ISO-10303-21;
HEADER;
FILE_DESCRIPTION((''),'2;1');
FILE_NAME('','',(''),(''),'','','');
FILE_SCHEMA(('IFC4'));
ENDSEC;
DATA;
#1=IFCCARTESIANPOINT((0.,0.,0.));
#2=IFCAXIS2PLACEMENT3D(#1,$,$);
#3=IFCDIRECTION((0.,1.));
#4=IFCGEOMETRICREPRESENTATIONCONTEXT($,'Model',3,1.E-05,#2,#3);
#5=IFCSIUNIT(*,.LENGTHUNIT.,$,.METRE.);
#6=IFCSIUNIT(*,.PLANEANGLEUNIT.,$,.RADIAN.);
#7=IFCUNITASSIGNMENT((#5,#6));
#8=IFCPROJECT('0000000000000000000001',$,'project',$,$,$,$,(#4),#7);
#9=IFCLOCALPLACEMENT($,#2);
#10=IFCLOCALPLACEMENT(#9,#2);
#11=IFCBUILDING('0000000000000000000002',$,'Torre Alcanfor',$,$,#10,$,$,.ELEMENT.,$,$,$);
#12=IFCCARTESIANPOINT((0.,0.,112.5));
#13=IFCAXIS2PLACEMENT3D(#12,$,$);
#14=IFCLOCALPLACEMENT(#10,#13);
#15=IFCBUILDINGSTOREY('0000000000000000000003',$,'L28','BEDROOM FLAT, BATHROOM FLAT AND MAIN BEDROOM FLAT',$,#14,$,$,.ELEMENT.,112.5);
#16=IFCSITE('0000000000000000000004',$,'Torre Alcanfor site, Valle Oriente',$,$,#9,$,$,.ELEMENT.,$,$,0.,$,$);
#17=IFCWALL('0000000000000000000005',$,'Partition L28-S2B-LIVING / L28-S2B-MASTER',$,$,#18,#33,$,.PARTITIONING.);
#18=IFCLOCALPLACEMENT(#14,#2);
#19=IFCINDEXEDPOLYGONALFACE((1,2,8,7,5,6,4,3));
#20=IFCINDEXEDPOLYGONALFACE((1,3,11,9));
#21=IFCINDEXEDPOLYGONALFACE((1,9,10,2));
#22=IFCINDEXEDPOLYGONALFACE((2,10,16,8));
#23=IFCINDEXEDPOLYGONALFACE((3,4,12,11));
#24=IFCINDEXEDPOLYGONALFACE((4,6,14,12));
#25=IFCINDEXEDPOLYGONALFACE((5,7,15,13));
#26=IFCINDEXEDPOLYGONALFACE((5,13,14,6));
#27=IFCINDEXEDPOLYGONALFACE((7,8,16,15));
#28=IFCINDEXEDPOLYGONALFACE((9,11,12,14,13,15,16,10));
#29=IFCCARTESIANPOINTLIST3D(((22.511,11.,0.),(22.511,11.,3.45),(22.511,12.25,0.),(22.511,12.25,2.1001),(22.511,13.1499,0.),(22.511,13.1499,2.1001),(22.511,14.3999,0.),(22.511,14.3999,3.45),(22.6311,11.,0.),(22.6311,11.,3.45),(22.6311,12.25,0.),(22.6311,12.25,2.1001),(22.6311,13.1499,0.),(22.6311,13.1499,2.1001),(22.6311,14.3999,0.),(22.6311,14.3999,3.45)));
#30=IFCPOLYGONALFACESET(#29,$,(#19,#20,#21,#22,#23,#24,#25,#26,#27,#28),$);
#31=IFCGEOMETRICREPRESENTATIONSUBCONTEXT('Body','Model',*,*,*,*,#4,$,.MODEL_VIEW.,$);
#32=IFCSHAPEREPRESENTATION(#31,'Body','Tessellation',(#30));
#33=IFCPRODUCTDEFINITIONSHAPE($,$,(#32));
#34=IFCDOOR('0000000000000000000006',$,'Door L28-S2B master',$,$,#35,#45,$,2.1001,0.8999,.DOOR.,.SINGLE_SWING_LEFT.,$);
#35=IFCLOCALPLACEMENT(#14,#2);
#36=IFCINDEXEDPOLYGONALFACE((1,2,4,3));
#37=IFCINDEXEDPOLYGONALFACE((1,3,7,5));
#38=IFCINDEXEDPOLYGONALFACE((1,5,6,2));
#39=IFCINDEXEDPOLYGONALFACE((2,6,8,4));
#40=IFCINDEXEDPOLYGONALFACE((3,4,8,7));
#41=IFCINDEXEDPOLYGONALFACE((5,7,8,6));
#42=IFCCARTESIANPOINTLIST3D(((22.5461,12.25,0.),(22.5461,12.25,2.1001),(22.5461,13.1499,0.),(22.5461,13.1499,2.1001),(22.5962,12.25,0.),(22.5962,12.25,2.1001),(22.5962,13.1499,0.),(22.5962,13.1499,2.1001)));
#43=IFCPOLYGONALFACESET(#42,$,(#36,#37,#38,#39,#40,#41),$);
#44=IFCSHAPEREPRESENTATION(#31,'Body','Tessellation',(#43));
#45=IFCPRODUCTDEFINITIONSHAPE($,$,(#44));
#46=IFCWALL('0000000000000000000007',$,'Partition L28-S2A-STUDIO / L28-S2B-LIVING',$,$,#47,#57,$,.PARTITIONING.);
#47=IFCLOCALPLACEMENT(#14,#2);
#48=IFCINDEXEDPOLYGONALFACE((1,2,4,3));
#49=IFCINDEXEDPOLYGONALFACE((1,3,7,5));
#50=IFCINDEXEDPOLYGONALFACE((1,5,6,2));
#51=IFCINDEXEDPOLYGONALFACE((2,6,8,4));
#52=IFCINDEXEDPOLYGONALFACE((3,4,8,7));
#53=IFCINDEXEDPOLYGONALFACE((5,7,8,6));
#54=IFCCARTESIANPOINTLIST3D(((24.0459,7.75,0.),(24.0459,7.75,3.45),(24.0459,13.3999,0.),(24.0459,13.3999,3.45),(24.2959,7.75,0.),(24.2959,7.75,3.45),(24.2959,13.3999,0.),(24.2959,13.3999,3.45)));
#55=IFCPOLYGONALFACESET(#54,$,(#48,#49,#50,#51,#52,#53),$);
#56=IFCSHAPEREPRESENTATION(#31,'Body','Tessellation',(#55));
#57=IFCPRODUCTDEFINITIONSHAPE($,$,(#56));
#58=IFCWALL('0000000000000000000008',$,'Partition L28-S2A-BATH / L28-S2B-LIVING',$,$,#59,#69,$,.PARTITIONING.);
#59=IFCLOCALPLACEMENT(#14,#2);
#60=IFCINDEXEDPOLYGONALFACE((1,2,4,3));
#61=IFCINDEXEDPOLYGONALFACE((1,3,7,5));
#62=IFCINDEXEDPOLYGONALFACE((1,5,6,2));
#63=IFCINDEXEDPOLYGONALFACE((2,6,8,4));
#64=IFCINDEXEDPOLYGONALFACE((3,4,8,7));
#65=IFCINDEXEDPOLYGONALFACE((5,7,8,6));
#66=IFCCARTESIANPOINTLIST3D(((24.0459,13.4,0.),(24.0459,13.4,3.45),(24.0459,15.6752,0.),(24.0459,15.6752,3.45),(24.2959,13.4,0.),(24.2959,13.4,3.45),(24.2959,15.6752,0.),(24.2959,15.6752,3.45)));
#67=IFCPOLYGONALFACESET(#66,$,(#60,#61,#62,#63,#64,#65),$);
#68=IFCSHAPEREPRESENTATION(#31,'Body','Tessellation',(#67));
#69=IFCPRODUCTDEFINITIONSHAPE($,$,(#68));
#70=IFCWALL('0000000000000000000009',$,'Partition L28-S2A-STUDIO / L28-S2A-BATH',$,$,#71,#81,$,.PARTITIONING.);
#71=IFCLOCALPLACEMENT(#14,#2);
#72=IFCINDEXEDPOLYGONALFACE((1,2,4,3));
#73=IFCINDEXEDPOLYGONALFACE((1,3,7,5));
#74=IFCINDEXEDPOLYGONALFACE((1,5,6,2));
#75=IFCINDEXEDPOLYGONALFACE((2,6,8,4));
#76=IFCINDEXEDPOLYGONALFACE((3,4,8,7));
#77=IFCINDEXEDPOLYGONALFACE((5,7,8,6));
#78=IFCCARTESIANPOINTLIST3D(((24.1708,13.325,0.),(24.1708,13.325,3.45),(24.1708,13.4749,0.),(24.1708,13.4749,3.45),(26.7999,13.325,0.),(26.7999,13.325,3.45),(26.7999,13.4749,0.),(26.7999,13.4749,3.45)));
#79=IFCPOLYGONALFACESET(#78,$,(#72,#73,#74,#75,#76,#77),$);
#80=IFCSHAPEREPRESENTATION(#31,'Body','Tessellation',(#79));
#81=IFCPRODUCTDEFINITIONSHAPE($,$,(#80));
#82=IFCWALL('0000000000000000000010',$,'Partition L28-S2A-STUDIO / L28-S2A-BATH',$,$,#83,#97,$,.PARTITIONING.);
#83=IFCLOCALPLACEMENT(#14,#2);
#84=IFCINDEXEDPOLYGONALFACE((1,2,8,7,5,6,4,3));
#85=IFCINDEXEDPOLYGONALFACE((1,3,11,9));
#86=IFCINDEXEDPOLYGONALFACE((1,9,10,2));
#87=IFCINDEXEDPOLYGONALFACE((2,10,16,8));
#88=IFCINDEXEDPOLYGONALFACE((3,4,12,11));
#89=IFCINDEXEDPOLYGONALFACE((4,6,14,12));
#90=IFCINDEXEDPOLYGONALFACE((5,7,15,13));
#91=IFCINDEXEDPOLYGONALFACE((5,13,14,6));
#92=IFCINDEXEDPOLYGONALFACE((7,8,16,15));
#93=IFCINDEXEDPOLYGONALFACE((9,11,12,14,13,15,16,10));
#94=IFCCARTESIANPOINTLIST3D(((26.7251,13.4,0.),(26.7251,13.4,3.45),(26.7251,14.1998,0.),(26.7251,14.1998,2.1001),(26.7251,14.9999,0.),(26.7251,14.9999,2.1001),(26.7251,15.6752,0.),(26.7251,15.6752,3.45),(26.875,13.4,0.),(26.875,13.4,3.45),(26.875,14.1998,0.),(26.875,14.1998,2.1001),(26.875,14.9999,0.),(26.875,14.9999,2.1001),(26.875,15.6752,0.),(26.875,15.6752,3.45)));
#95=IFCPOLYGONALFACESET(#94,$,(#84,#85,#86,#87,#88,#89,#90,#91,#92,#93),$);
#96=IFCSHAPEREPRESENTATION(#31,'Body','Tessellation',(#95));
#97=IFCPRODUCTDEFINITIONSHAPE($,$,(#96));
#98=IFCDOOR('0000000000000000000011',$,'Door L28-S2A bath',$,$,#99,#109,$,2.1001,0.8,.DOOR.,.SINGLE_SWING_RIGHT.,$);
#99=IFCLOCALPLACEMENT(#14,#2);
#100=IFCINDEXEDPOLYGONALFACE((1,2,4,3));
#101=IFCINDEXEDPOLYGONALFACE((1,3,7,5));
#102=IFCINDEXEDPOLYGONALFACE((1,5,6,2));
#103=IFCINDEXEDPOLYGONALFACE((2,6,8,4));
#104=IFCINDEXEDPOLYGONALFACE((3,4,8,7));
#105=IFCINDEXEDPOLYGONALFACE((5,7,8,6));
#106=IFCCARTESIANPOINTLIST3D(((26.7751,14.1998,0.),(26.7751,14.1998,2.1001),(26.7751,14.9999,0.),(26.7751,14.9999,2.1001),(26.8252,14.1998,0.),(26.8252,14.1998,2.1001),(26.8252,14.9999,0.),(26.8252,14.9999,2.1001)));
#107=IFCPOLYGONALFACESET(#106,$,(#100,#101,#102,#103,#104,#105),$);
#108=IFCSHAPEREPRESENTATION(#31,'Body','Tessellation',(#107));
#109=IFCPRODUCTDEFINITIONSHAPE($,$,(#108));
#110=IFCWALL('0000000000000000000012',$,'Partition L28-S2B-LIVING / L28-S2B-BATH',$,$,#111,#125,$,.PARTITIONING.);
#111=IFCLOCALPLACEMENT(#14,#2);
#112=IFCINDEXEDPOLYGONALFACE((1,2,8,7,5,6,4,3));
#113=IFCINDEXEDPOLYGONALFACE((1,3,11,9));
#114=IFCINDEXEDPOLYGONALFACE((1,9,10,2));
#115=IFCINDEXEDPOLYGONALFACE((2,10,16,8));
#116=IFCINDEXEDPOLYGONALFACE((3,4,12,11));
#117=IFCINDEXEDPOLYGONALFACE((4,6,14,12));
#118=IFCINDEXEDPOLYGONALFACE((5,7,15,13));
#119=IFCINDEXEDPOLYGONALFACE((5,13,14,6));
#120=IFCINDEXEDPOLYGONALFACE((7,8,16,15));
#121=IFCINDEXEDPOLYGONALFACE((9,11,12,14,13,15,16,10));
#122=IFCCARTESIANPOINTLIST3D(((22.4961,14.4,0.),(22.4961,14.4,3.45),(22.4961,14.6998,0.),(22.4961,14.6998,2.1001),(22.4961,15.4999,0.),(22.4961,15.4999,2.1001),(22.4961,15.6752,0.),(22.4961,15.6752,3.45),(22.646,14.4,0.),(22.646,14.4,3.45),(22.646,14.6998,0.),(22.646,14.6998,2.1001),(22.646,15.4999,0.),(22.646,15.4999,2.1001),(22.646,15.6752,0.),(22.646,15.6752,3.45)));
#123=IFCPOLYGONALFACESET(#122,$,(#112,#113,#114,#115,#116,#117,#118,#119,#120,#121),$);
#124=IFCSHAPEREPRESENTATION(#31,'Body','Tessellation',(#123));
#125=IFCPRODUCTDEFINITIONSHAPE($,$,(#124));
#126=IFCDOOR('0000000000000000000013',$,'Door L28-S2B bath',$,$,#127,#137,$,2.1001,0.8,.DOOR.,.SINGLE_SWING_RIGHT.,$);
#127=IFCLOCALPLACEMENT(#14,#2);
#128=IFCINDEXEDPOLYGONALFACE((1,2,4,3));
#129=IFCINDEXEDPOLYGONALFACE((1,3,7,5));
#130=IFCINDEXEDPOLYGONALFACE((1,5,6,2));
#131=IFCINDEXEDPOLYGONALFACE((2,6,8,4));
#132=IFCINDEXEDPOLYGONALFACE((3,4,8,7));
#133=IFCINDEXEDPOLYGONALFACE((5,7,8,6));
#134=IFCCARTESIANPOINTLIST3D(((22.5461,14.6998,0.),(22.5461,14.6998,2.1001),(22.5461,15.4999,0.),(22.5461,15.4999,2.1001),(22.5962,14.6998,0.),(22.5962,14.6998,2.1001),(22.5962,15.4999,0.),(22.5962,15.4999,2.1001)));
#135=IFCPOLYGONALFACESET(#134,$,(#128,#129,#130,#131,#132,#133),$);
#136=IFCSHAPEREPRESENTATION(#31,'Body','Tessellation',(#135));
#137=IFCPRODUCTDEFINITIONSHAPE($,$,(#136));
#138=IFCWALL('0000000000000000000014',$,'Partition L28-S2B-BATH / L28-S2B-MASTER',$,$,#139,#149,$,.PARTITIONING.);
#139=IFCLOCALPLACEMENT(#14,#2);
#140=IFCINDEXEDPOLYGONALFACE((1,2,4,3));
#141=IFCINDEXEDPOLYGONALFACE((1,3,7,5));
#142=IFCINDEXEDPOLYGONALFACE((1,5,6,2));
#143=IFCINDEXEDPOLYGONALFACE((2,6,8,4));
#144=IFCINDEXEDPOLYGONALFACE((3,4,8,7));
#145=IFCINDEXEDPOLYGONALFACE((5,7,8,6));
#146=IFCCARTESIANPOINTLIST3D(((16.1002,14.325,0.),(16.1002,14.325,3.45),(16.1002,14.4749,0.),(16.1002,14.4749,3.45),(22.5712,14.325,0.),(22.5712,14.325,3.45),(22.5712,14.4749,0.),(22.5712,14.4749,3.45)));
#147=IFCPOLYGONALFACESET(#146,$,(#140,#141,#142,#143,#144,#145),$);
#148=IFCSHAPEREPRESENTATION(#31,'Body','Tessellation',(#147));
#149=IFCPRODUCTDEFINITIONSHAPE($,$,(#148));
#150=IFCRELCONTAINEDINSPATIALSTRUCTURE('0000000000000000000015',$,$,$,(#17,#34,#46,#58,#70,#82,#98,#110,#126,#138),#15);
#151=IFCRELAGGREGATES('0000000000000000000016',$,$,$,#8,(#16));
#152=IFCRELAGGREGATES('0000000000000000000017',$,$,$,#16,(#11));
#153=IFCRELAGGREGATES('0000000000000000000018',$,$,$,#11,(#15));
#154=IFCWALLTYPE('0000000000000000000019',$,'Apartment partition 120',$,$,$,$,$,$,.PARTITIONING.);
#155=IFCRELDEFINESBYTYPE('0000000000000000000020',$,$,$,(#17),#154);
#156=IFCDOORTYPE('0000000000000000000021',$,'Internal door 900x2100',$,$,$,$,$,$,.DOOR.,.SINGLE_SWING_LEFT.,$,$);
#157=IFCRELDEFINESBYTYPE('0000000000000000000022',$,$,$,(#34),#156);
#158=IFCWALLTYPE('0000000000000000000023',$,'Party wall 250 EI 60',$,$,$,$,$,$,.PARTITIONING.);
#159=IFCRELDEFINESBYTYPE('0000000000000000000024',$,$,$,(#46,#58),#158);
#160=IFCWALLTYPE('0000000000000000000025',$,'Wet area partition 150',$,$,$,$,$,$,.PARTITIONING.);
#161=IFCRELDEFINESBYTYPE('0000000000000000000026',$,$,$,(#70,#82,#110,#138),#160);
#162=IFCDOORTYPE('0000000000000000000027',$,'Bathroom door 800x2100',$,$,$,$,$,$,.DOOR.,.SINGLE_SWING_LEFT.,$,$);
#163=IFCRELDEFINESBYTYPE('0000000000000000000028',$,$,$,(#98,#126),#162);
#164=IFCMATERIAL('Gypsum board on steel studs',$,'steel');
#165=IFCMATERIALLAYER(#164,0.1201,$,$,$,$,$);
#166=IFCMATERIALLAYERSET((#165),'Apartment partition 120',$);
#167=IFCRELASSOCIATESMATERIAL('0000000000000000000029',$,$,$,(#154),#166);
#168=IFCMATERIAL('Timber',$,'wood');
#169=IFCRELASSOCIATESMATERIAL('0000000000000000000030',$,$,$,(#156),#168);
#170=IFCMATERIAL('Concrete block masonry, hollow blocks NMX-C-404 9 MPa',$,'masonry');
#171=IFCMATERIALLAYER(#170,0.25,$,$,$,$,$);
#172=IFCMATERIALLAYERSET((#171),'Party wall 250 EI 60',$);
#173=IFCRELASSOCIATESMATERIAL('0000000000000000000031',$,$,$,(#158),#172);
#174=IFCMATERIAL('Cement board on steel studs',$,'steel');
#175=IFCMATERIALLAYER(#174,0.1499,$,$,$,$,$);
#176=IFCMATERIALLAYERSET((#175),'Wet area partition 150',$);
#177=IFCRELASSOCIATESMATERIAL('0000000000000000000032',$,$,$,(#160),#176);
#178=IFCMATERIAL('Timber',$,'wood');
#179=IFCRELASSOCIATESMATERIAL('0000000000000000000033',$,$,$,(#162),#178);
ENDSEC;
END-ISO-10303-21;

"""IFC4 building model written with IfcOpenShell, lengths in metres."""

from ifc_helpers import new_model, si_unit, direction, frame, frame_2d, origin, place, context, subcontext, project, spatial, rectangle, extrude, material, layer, layer_set, type_object, element, fill, save


model = new_model("IFC4")

# Units and contexts
model_context = context("Model", 3, precision=1e-05, world=origin(), true_north=direction((0.0, 1.0)))
body_context = subcontext(model_context, "Body", "Model", "MODEL_VIEW")
ifc_project = project(units=[si_unit("LENGTHUNIT", "METRE"), si_unit("PLANEANGLEUNIT", "RADIAN")], contexts=[model_context])

# Site, building, storey
site_placement = place(None, origin())
site = spatial("IfcSite", under=ifc_project, at=site_placement, Name="Torre Alcanfor site, Valle Oriente", CompositionType="ELEMENT", RefElevation=0.0)
building_placement = place(site_placement, origin())
building = spatial("IfcBuilding", under=site, at=building_placement, Name="Torre Alcanfor", CompositionType="ELEMENT")
storey_placement = place(building_placement, frame((0.0, 0.0, 112.5)))
storey = spatial("IfcBuildingStorey", under=building, at=storey_placement, Name="L28", Description="BEDROOM FLAT, BATHROOM FLAT AND MAIN BEDROOM FLAT", CompositionType="ELEMENT", Elevation=112.5)

# Shared definitions
ifc_material_1 = material(Name="Gypsum board on steel studs", Category="steel")
ifc_layer_1 = layer(ifc_material_1, 0.1201)
ifc_layer_set_1 = layer_set([ifc_layer_1], Name="Apartment partition 120")
wall_type_1 = type_object("IfcWallType", Name="Apartment partition 120", PredefinedType="PARTITIONING", material=ifc_layer_set_1)

# Wall, opening, door
wall_1_placement = place(storey_placement, frame((22.571, 11.0, 0.0), z_axis=(0.0, 0.0, 1.0), x_axis=(0.0, 1.0, 0.0)))
wall_1 = element("IfcWall", 1, at=wall_1_placement, inside=storey, type_object=wall_type_1, Name="Partition L28-S2B-LIVING / L28-S2B-MASTER", PredefinedType="PARTITIONING", context=body_context, shape_type="SweptSolid", body=[
    extrude(rectangle(XDim=3.3999, YDim=0.1201, at=frame_2d((1.7, 0.0))), origin(), (0.0, 0.0, 1.0), 3.45),
])
opening_1_placement = place(wall_1_placement, frame((1.25, 0.0, 0.0)))
opening_1 = element("IfcOpeningElement", 2, at=opening_1_placement, cuts=wall_1, PredefinedType="OPENING", context=body_context, shape_type="SweptSolid", body=[
    extrude(rectangle(XDim=0.8999, YDim=2.1001, at=frame_2d((0.45, 1.05))), frame((0.0, 0.0701, 0.0), z_axis=(0.0, -1.0, 0.0), x_axis=(1.0, 0.0, 0.0)), (0.0, 0.0, 1.0), 0.1401),
])
ifc_material_2 = material(Name="Timber", Category="wood")
door_type_1 = type_object("IfcDoorType", Name="Internal door 900x2100", OperationType="SINGLE_SWING_LEFT", PredefinedType="DOOR", material=ifc_material_2)
door_1_placement = place(opening_1_placement, origin())
door_1 = element("IfcDoor", 3, at=door_1_placement, inside=storey, type_object=door_type_1, Name="Door L28-S2B master", OperationType="SINGLE_SWING_LEFT", OverallHeight=2.1001, OverallWidth=0.8999, PredefinedType="DOOR", context=body_context, shape_type="SweptSolid", body=[
    extrude(rectangle(XDim=0.8999, YDim=2.1001, at=frame_2d((0.45, 1.05))), frame((0.0, 0.0249, 0.0), z_axis=(0.0, -1.0, 0.0), x_axis=(1.0, 0.0, 0.0)), (0.0, 0.0, 1.0), 0.05),
])
fill(opening_1, door_1)

# Walls
ifc_material_3 = material(Name="Concrete block masonry, hollow blocks NMX-C-404 9 MPa", Category="masonry")
ifc_layer_2 = layer(ifc_material_3, 0.25)
ifc_layer_set_2 = layer_set([ifc_layer_2], Name="Party wall 250 EI 60")
wall_type_2 = type_object("IfcWallType", Name="Party wall 250 EI 60", PredefinedType="PARTITIONING", material=ifc_layer_set_2)
wall_2_placement = place(storey_placement, frame((24.1709, 7.75, 0.0), z_axis=(0.0, 0.0, 1.0), x_axis=(0.0, 1.0, 0.0)))
element("IfcWall", 4, at=wall_2_placement, inside=storey, type_object=wall_type_2, Name="Partition L28-S2A-STUDIO / L28-S2B-LIVING", PredefinedType="PARTITIONING", context=body_context, shape_type="SweptSolid", body=[
    extrude(rectangle(XDim=5.6499, YDim=0.25, at=frame_2d((2.825, 0.0))), origin(), (0.0, 0.0, 1.0), 3.45),
])
wall_3_placement = place(storey_placement, frame((24.1709, 13.3999, 0.0), z_axis=(0.0, 0.0, 1.0), x_axis=(0.0, 1.0, 0.0)))
element("IfcWall", 5, at=wall_3_placement, inside=storey, type_object=wall_type_2, Name="Partition L28-S2A-BATH / L28-S2B-LIVING", PredefinedType="PARTITIONING", context=body_context, shape_type="SweptSolid", body=[
    extrude(rectangle(XDim=2.2751, YDim=0.25, at=frame_2d((1.1377, 0.0))), origin(), (0.0, 0.0, 1.0), 3.45),
])
ifc_material_4 = material(Name="Cement board on steel studs", Category="steel")
ifc_layer_3 = layer(ifc_material_4, 0.1499)
ifc_layer_set_3 = layer_set([ifc_layer_3], Name="Wet area partition 150")
wall_type_3 = type_object("IfcWallType", Name="Wet area partition 150", PredefinedType="PARTITIONING", material=ifc_layer_set_3)
wall_4_placement = place(storey_placement, frame((24.1709, 13.3999, 0.0), z_axis=(0.0, 0.0, 1.0), x_axis=(1.0, 0.0, 0.0)))
element("IfcWall", 6, at=wall_4_placement, inside=storey, type_object=wall_type_3, Name="Partition L28-S2A-STUDIO / L28-S2A-BATH", PredefinedType="PARTITIONING", context=body_context, shape_type="SweptSolid", body=[
    extrude(rectangle(XDim=2.6292, YDim=0.1499, at=frame_2d((1.3145, 0.0))), origin(), (0.0, 0.0, 1.0), 3.45),
])

# Walls, openings, doors
wall_5_placement = place(storey_placement, frame((26.8, 13.3999, 0.0), z_axis=(0.0, 0.0, 1.0), x_axis=(0.0, 1.0, 0.0)))
wall_5 = element("IfcWall", 7, at=wall_5_placement, inside=storey, type_object=wall_type_3, Name="Partition L28-S2A-STUDIO / L28-S2A-BATH", PredefinedType="PARTITIONING", context=body_context, shape_type="SweptSolid", body=[
    extrude(rectangle(XDim=2.2751, YDim=0.1499, at=frame_2d((1.1377, 0.0))), origin(), (0.0, 0.0, 1.0), 3.45),
])
opening_2_placement = place(wall_5_placement, frame((0.8, 0.0, 0.0)))
opening_2 = element("IfcOpeningElement", 8, at=opening_2_placement, cuts=wall_5, PredefinedType="OPENING", context=body_context, shape_type="SweptSolid", body=[
    extrude(rectangle(XDim=0.8, YDim=2.1001, at=frame_2d((0.3999, 1.05))), frame((0.0, 0.085, 0.0), z_axis=(0.0, -1.0, 0.0), x_axis=(1.0, 0.0, 0.0)), (0.0, 0.0, 1.0), 0.1699),
])
ifc_material_5 = material(Name="Timber", Category="wood")
door_type_2 = type_object("IfcDoorType", Name="Bathroom door 800x2100", OperationType="SINGLE_SWING_LEFT", PredefinedType="DOOR", material=ifc_material_5)
door_2_placement = place(opening_2_placement, origin())
door_2 = element("IfcDoor", 9, at=door_2_placement, inside=storey, type_object=door_type_2, Name="Door L28-S2A bath", OperationType="SINGLE_SWING_RIGHT", OverallHeight=2.1001, OverallWidth=0.8, PredefinedType="DOOR", context=body_context, shape_type="SweptSolid", body=[
    extrude(rectangle(XDim=0.8, YDim=2.1001, at=frame_2d((0.3999, 1.05))), frame((0.0, 0.0249, 0.0), z_axis=(0.0, -1.0, 0.0), x_axis=(1.0, 0.0, 0.0)), (0.0, 0.0, 1.0), 0.05),
])
fill(opening_2, door_2)
wall_6_placement = place(storey_placement, frame((22.571, 14.3999, 0.0), z_axis=(0.0, 0.0, 1.0), x_axis=(0.0, 1.0, 0.0)))
wall_6 = element("IfcWall", 10, at=wall_6_placement, inside=storey, type_object=wall_type_3, Name="Partition L28-S2B-LIVING / L28-S2B-BATH", PredefinedType="PARTITIONING", context=body_context, shape_type="SweptSolid", body=[
    extrude(rectangle(XDim=1.2751, YDim=0.1499, at=frame_2d((0.6377, 0.0))), origin(), (0.0, 0.0, 1.0), 3.45),
])
opening_3_placement = place(wall_6_placement, frame((0.3, 0.0, 0.0)))
opening_3 = element("IfcOpeningElement", 11, at=opening_3_placement, cuts=wall_6, PredefinedType="OPENING", context=body_context, shape_type="SweptSolid", body=[
    extrude(rectangle(XDim=0.8, YDim=2.1001, at=frame_2d((0.3999, 1.05))), frame((0.0, 0.085, 0.0), z_axis=(0.0, -1.0, 0.0), x_axis=(1.0, 0.0, 0.0)), (0.0, 0.0, 1.0), 0.1699),
])
door_3_placement = place(opening_3_placement, origin())
door_3 = element("IfcDoor", 12, at=door_3_placement, inside=storey, type_object=door_type_2, Name="Door L28-S2B bath", OperationType="SINGLE_SWING_RIGHT", OverallHeight=2.1001, OverallWidth=0.8, PredefinedType="DOOR", context=body_context, shape_type="SweptSolid", body=[
    extrude(rectangle(XDim=0.8, YDim=2.1001, at=frame_2d((0.3999, 1.05))), frame((0.0, 0.0249, 0.0), z_axis=(0.0, -1.0, 0.0), x_axis=(1.0, 0.0, 0.0)), (0.0, 0.0, 1.0), 0.05),
])
fill(opening_3, door_3)

# Wall
wall_7_placement = place(storey_placement, frame((22.571, 14.3999, 0.0), z_axis=(0.0, 0.0, 1.0), x_axis=(-1.0, 0.0, 0.0)))
element("IfcWall", 13, at=wall_7_placement, inside=storey, type_object=wall_type_3, Name="Partition L28-S2B-BATH / L28-S2B-MASTER", PredefinedType="PARTITIONING", context=body_context, shape_type="SweptSolid", body=[
    extrude(rectangle(XDim=6.4709, YDim=0.1499, at=frame_2d((3.2354, 0.0))), origin(), (0.0, 0.0, 1.0), 3.45),
])

save(model, "model.ifc")
